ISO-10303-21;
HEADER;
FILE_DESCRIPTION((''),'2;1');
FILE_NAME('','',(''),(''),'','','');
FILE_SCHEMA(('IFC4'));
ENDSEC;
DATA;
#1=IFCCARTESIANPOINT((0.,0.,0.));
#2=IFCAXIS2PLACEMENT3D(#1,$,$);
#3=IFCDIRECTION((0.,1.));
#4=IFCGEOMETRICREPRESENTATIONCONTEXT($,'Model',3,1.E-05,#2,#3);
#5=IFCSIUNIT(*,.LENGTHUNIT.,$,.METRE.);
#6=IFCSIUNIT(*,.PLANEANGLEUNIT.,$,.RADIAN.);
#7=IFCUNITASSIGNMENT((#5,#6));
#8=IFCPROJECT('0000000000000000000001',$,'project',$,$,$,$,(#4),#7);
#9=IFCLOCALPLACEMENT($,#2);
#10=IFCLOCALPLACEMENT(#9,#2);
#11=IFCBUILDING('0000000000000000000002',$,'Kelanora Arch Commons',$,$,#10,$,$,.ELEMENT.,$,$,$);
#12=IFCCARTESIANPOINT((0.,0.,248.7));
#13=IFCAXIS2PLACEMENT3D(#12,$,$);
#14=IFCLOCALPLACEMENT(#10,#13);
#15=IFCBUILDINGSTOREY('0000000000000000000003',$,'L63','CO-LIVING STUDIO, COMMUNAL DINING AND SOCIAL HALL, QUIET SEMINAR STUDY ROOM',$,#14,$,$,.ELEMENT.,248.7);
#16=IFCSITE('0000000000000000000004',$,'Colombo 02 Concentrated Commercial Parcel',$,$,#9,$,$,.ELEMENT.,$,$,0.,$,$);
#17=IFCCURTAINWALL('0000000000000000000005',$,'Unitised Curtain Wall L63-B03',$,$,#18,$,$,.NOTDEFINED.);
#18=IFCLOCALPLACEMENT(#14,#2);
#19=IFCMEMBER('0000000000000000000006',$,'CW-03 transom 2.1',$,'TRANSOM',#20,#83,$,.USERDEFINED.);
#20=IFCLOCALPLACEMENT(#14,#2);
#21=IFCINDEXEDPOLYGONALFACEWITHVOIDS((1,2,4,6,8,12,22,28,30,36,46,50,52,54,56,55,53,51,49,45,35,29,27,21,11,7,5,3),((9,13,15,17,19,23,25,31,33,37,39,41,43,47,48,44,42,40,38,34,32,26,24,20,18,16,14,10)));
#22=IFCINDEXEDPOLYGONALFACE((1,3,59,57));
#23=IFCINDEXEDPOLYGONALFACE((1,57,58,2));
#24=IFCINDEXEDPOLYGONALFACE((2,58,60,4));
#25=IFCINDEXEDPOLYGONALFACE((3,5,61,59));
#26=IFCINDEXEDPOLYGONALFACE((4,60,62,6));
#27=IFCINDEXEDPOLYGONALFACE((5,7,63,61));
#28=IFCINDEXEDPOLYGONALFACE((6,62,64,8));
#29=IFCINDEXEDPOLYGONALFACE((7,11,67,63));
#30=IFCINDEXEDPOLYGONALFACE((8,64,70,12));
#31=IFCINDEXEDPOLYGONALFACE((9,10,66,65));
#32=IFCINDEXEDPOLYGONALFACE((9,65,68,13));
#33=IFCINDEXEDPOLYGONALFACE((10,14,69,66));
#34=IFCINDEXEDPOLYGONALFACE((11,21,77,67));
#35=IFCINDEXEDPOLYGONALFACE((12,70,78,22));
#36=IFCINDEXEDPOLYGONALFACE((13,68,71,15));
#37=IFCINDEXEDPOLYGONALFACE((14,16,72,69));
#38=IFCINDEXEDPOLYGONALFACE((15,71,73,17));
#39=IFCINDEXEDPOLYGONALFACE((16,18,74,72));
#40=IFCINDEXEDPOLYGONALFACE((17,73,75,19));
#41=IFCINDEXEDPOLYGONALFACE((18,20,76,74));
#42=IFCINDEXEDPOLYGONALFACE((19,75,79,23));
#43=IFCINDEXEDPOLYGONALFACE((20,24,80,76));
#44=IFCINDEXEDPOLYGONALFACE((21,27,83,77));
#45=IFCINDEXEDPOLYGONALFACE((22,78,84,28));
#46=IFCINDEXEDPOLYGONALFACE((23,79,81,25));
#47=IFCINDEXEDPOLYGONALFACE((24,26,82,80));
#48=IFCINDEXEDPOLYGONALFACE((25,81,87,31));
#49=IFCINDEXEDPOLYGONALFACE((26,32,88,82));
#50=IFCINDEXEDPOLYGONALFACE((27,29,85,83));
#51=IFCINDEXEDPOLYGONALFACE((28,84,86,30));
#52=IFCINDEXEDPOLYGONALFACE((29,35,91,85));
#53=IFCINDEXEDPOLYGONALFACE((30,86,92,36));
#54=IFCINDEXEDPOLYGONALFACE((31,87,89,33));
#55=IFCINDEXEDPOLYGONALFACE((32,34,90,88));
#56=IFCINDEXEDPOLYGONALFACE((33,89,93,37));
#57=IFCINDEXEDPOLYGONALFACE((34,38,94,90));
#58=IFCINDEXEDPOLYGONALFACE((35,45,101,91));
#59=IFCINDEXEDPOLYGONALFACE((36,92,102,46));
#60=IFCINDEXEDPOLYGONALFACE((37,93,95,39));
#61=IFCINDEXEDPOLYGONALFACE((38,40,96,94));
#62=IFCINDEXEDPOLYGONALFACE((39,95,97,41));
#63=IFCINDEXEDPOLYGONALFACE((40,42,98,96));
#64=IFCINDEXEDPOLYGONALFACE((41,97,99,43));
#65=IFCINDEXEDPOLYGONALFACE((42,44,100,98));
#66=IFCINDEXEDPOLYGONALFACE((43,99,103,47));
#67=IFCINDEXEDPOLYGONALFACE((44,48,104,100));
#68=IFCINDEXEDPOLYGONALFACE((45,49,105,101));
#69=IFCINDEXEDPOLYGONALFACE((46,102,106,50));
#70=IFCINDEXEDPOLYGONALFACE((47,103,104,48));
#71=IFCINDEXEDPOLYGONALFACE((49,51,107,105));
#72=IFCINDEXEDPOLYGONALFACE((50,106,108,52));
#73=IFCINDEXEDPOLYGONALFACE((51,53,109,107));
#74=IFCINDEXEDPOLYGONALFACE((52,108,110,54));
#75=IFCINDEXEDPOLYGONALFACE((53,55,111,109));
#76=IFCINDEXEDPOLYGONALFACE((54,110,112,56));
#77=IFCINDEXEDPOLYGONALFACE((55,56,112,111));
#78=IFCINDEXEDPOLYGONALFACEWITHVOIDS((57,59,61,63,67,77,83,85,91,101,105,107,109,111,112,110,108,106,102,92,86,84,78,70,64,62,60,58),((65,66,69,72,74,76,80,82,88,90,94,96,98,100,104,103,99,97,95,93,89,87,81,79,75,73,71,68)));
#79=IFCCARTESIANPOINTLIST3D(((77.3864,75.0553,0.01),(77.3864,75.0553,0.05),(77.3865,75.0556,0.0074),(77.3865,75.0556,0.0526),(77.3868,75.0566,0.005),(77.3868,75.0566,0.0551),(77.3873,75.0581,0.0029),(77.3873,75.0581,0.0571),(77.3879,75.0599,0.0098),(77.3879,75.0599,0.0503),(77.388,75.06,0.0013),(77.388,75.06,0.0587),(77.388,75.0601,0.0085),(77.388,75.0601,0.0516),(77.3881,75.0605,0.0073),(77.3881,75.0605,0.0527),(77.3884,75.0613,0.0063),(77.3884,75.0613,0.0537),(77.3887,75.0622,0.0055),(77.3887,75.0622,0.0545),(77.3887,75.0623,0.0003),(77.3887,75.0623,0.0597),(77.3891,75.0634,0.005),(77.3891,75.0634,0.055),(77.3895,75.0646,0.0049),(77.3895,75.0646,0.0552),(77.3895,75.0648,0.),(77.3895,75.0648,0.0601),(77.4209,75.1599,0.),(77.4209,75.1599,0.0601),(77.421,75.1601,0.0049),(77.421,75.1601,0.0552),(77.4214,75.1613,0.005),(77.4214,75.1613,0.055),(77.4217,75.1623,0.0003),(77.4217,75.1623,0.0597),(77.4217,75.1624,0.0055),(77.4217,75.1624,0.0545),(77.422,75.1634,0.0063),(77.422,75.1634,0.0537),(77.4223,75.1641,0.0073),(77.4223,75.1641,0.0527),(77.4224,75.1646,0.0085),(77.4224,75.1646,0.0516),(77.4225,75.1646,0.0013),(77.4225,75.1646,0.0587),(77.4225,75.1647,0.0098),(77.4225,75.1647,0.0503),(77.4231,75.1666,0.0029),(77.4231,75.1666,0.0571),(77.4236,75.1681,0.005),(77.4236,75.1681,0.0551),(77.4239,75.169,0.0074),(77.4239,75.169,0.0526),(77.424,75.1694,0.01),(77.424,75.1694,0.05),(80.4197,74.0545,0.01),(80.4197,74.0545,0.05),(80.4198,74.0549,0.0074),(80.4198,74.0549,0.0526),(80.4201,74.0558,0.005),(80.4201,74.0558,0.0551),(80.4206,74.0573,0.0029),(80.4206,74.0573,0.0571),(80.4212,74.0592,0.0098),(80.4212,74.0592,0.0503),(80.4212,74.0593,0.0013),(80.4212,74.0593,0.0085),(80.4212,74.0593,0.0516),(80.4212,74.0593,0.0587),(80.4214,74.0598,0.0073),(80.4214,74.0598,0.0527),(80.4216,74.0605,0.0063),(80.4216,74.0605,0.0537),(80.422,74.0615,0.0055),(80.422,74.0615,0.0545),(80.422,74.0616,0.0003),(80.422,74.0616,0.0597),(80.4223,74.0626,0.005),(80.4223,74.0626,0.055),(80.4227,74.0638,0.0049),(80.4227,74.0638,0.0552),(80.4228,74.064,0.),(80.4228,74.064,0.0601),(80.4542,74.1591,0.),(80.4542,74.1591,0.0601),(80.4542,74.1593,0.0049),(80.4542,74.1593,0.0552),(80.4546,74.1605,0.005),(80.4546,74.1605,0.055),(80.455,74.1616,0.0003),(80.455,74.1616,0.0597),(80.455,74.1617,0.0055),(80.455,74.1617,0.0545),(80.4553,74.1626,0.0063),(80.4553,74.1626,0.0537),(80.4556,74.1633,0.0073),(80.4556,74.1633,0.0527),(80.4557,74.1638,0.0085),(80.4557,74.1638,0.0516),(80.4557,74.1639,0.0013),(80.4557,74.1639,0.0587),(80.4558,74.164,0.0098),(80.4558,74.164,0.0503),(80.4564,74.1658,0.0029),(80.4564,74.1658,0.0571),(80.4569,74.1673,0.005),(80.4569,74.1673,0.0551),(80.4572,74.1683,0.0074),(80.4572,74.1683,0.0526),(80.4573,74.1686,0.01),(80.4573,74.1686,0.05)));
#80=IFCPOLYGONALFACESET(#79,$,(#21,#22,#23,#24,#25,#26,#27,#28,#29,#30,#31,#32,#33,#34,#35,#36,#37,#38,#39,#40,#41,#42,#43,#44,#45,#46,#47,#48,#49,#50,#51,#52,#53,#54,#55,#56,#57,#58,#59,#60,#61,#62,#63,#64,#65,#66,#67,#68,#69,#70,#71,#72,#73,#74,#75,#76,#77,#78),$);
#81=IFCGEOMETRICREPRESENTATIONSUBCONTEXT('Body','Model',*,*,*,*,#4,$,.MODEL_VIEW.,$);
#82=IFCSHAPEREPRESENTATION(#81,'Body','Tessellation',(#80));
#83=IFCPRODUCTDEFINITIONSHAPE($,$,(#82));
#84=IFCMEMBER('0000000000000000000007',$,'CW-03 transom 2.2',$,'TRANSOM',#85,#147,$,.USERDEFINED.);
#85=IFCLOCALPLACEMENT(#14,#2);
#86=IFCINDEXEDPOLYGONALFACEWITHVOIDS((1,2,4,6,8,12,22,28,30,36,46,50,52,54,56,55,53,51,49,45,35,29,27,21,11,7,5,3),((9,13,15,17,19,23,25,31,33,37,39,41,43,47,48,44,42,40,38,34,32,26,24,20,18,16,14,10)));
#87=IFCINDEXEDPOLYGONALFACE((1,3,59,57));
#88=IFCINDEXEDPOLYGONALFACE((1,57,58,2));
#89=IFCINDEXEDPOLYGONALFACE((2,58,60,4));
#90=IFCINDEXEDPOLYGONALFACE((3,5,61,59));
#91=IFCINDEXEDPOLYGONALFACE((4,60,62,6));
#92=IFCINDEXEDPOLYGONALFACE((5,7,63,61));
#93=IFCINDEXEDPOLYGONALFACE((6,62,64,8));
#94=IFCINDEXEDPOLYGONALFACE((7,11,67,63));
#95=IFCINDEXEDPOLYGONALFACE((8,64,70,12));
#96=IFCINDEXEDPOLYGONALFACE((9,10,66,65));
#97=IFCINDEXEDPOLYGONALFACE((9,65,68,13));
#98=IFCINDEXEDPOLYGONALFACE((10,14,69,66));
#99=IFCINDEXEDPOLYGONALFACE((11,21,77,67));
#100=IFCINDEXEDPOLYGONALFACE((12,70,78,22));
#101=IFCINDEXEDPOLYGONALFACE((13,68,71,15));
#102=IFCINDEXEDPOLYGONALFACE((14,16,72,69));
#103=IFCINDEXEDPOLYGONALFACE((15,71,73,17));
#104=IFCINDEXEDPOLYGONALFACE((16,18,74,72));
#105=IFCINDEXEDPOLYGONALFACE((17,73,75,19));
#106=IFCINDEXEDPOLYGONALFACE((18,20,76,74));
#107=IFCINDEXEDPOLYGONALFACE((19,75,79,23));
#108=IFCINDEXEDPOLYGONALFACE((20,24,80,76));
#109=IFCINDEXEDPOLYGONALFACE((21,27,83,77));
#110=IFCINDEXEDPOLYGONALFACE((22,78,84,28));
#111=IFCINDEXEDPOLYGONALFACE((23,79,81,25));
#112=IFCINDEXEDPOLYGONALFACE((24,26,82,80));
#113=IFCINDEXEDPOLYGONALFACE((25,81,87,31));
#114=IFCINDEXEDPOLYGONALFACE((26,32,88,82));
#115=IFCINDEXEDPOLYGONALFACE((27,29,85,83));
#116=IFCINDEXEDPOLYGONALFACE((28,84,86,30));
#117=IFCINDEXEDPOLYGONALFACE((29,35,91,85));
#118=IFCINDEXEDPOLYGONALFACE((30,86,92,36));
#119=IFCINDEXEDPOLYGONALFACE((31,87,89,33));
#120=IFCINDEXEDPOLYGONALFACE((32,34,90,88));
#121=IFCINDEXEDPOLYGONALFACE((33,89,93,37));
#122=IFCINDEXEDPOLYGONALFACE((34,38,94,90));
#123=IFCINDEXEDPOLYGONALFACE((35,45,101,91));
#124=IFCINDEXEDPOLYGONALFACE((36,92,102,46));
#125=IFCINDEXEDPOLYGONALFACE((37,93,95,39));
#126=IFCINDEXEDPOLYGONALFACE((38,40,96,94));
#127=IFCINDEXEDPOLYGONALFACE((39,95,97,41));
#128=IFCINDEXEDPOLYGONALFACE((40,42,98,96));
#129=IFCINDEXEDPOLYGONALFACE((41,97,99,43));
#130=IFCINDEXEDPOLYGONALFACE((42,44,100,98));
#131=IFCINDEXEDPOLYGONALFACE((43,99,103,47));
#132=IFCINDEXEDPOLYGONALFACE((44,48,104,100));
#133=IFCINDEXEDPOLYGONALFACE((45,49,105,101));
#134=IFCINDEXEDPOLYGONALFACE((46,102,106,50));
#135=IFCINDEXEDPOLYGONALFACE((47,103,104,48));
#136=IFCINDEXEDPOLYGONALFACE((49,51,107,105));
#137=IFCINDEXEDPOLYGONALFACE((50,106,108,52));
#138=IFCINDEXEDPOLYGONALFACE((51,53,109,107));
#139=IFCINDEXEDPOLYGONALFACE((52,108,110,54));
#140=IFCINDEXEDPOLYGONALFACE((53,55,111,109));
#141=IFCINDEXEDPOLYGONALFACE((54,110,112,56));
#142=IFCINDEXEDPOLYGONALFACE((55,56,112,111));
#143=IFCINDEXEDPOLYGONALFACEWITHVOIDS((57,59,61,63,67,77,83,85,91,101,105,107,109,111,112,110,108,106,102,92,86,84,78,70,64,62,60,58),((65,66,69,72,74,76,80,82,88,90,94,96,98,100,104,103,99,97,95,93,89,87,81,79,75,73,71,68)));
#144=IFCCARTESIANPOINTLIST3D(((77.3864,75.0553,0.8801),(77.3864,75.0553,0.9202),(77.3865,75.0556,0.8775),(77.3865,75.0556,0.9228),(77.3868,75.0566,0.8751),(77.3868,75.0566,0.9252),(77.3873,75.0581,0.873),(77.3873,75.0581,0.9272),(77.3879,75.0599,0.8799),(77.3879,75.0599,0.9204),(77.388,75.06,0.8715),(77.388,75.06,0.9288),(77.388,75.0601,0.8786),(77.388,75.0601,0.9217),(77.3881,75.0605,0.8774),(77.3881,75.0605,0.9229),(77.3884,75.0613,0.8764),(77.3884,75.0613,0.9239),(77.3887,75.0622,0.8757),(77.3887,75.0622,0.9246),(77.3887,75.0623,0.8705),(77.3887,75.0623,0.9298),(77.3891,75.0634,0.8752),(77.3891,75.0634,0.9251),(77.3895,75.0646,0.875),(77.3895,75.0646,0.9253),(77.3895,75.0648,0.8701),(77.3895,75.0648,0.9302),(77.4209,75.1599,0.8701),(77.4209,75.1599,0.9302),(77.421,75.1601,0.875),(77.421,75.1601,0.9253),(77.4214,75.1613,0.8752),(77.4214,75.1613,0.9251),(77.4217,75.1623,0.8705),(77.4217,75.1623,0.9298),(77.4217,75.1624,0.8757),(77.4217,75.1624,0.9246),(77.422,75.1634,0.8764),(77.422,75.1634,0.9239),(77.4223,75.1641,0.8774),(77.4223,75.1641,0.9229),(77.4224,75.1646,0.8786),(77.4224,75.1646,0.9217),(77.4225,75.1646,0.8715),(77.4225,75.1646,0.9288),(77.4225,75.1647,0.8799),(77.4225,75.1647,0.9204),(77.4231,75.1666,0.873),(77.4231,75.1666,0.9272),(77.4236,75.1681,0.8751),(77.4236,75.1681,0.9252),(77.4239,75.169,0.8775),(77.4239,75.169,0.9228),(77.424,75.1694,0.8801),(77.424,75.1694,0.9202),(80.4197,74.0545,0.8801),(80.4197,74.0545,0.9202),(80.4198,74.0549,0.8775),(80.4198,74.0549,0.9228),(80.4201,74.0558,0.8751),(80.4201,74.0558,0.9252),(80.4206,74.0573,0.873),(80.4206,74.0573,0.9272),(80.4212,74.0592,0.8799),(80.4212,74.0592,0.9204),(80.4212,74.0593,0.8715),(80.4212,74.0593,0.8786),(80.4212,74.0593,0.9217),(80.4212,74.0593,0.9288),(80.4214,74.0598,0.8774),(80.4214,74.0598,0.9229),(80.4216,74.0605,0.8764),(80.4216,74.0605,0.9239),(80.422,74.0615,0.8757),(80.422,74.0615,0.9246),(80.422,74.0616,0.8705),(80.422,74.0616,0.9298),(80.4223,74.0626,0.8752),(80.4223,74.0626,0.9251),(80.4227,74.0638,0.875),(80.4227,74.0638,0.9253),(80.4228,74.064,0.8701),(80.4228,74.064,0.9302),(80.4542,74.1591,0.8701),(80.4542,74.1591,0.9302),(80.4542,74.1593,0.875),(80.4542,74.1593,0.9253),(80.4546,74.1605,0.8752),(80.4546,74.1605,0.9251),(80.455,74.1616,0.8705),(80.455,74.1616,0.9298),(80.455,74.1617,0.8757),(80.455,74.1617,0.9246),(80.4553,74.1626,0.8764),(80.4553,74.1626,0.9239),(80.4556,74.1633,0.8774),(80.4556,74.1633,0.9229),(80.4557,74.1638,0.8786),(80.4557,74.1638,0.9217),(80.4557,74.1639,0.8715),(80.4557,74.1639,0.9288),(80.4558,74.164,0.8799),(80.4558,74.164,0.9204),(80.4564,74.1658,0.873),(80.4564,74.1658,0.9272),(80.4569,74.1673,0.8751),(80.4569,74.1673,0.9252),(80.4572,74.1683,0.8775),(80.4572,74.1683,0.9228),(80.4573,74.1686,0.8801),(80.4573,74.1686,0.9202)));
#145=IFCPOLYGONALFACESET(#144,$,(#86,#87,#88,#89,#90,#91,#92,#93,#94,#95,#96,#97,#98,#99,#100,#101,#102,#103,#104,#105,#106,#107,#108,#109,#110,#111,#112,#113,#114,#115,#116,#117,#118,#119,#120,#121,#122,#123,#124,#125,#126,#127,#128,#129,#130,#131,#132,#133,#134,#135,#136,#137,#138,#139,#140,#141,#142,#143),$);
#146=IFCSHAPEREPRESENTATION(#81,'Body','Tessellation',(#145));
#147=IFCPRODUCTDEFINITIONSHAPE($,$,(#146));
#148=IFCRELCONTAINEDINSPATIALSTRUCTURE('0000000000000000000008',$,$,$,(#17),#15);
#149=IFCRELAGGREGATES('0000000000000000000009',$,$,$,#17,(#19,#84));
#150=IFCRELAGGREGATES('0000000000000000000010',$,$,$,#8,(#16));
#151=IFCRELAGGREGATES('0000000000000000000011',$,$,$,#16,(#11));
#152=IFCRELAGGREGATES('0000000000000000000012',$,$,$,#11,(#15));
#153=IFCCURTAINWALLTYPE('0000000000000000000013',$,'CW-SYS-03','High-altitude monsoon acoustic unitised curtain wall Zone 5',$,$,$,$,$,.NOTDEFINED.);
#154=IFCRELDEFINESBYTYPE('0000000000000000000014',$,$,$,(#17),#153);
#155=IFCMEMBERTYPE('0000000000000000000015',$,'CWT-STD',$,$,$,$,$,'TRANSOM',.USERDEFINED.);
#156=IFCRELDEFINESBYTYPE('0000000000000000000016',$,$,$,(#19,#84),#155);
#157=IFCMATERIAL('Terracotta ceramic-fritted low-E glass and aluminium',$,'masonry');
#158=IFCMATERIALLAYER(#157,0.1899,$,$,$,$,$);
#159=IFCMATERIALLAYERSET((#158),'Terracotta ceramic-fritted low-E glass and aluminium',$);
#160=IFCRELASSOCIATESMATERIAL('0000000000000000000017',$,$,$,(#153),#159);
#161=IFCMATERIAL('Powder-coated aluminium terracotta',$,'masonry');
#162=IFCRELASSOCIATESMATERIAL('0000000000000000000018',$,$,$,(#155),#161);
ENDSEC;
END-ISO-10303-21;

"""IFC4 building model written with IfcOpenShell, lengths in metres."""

from ifc_helpers import new_model, si_unit, direction, frame, origin, origin_2d, place, context, subcontext, project, spatial, hollow_rectangle, extrude, material, layer, layer_set, material_profile, profile_set, type_object, element, aggregate, save


model = new_model("IFC4")

# Units and contexts
model_context = context("Model", 3, precision=1e-05, world=origin(), true_north=direction((0.0, 1.0)))
body_context = subcontext(model_context, "Body", "Model", "MODEL_VIEW")
ifc_project = project(units=[si_unit("LENGTHUNIT", "METRE"), si_unit("PLANEANGLEUNIT", "RADIAN")], contexts=[model_context])

# Site, building, storey
site_placement = place(None, origin())
site = spatial("IfcSite", under=ifc_project, at=site_placement, Name="Colombo 02 Concentrated Commercial Parcel", CompositionType="ELEMENT", RefElevation=0.0)
building_placement = place(site_placement, origin())
building = spatial("IfcBuilding", under=site, at=building_placement, Name="Kelanora Arch Commons", CompositionType="ELEMENT")
storey_placement = place(building_placement, frame((0.0, 0.0, 248.7)))
storey = spatial("IfcBuildingStorey", under=building, at=storey_placement, Name="L63", Description="CO-LIVING STUDIO, COMMUNAL DINING AND SOCIAL HALL, QUIET SEMINAR STUDY ROOM", CompositionType="ELEMENT", Elevation=248.7)

# Curtain wall, members
ifc_material_1 = material(Name="Terracotta ceramic-fritted low-E glass and aluminium", Category="masonry")
ifc_layer_1 = layer(ifc_material_1, 0.1899)
ifc_layer_set_1 = layer_set([ifc_layer_1], Name="Terracotta ceramic-fritted low-E glass and aluminium")
curtain_wall_type = type_object("IfcCurtainWallType", Name="CW-SYS-03", Description="High-altitude monsoon acoustic unitised curtain wall Zone 5", PredefinedType="NOTDEFINED", material=ifc_layer_set_1)
curtain_wall_placement = place(storey_placement, origin())
curtain_wall = element("IfcCurtainWall", 1, at=curtain_wall_placement, inside=storey, type_object=curtain_wall_type, Name="Unitised Curtain Wall L63-B03", PredefinedType="NOTDEFINED")
ifc_material_2 = material(Name="Powder-coated aluminium terracotta", Category="masonry")
ifc_material_profile_1 = material_profile(ifc_material_2, hollow_rectangle(XDim=0.1201, YDim=0.0601, WallThickness=0.0049, InnerFilletRadius=0.0049, OuterFilletRadius=0.01, at=origin_2d()), Name="CWT120x60")
ifc_profile_set_1 = profile_set([ifc_material_profile_1], Name="Powder-coated aluminium terracotta")
member_type_1 = type_object("IfcMemberType", Name="CWT-STD", ElementType="TRANSOM", PredefinedType="USERDEFINED", material=ifc_profile_set_1)
member_1_placement = place(storey_placement, frame((80.4385, 74.1116, 0.03), z_axis=(-0.94965, 0.313314, 0.0), x_axis=(-0.313314, -0.94965, 0.0)))
member_1 = element("IfcMember", 2, at=member_1_placement, type_object=member_type_1, Name="CW-03 transom 2.1", ObjectType="TRANSOM", PredefinedType="USERDEFINED", context=body_context, shape_type="SweptSolid", body=[
    extrude(hollow_rectangle(XDim=0.1201, YDim=0.0601, WallThickness=0.0049, InnerFilletRadius=0.0049, OuterFilletRadius=0.01, at=origin_2d()), origin(), (0.0, 0.0, 1.0), 3.1941),
])
member_2_placement = place(storey_placement, frame((80.4385, 74.1116, 0.9001), z_axis=(-0.94965, 0.313314, 0.0), x_axis=(-0.313314, -0.94965, 0.0)))
member_2 = element("IfcMember", 3, at=member_2_placement, type_object=member_type_1, Name="CW-03 transom 2.2", ObjectType="TRANSOM", PredefinedType="USERDEFINED", context=body_context, shape_type="SweptSolid", body=[
    extrude(hollow_rectangle(XDim=0.1201, YDim=0.0601, WallThickness=0.0049, InnerFilletRadius=0.0049, OuterFilletRadius=0.01, at=origin_2d()), origin(), (0.0, 0.0, 1.0), 3.1941),
])
aggregate(curtain_wall, [member_1, member_2])

save(model, "model.ifc")
